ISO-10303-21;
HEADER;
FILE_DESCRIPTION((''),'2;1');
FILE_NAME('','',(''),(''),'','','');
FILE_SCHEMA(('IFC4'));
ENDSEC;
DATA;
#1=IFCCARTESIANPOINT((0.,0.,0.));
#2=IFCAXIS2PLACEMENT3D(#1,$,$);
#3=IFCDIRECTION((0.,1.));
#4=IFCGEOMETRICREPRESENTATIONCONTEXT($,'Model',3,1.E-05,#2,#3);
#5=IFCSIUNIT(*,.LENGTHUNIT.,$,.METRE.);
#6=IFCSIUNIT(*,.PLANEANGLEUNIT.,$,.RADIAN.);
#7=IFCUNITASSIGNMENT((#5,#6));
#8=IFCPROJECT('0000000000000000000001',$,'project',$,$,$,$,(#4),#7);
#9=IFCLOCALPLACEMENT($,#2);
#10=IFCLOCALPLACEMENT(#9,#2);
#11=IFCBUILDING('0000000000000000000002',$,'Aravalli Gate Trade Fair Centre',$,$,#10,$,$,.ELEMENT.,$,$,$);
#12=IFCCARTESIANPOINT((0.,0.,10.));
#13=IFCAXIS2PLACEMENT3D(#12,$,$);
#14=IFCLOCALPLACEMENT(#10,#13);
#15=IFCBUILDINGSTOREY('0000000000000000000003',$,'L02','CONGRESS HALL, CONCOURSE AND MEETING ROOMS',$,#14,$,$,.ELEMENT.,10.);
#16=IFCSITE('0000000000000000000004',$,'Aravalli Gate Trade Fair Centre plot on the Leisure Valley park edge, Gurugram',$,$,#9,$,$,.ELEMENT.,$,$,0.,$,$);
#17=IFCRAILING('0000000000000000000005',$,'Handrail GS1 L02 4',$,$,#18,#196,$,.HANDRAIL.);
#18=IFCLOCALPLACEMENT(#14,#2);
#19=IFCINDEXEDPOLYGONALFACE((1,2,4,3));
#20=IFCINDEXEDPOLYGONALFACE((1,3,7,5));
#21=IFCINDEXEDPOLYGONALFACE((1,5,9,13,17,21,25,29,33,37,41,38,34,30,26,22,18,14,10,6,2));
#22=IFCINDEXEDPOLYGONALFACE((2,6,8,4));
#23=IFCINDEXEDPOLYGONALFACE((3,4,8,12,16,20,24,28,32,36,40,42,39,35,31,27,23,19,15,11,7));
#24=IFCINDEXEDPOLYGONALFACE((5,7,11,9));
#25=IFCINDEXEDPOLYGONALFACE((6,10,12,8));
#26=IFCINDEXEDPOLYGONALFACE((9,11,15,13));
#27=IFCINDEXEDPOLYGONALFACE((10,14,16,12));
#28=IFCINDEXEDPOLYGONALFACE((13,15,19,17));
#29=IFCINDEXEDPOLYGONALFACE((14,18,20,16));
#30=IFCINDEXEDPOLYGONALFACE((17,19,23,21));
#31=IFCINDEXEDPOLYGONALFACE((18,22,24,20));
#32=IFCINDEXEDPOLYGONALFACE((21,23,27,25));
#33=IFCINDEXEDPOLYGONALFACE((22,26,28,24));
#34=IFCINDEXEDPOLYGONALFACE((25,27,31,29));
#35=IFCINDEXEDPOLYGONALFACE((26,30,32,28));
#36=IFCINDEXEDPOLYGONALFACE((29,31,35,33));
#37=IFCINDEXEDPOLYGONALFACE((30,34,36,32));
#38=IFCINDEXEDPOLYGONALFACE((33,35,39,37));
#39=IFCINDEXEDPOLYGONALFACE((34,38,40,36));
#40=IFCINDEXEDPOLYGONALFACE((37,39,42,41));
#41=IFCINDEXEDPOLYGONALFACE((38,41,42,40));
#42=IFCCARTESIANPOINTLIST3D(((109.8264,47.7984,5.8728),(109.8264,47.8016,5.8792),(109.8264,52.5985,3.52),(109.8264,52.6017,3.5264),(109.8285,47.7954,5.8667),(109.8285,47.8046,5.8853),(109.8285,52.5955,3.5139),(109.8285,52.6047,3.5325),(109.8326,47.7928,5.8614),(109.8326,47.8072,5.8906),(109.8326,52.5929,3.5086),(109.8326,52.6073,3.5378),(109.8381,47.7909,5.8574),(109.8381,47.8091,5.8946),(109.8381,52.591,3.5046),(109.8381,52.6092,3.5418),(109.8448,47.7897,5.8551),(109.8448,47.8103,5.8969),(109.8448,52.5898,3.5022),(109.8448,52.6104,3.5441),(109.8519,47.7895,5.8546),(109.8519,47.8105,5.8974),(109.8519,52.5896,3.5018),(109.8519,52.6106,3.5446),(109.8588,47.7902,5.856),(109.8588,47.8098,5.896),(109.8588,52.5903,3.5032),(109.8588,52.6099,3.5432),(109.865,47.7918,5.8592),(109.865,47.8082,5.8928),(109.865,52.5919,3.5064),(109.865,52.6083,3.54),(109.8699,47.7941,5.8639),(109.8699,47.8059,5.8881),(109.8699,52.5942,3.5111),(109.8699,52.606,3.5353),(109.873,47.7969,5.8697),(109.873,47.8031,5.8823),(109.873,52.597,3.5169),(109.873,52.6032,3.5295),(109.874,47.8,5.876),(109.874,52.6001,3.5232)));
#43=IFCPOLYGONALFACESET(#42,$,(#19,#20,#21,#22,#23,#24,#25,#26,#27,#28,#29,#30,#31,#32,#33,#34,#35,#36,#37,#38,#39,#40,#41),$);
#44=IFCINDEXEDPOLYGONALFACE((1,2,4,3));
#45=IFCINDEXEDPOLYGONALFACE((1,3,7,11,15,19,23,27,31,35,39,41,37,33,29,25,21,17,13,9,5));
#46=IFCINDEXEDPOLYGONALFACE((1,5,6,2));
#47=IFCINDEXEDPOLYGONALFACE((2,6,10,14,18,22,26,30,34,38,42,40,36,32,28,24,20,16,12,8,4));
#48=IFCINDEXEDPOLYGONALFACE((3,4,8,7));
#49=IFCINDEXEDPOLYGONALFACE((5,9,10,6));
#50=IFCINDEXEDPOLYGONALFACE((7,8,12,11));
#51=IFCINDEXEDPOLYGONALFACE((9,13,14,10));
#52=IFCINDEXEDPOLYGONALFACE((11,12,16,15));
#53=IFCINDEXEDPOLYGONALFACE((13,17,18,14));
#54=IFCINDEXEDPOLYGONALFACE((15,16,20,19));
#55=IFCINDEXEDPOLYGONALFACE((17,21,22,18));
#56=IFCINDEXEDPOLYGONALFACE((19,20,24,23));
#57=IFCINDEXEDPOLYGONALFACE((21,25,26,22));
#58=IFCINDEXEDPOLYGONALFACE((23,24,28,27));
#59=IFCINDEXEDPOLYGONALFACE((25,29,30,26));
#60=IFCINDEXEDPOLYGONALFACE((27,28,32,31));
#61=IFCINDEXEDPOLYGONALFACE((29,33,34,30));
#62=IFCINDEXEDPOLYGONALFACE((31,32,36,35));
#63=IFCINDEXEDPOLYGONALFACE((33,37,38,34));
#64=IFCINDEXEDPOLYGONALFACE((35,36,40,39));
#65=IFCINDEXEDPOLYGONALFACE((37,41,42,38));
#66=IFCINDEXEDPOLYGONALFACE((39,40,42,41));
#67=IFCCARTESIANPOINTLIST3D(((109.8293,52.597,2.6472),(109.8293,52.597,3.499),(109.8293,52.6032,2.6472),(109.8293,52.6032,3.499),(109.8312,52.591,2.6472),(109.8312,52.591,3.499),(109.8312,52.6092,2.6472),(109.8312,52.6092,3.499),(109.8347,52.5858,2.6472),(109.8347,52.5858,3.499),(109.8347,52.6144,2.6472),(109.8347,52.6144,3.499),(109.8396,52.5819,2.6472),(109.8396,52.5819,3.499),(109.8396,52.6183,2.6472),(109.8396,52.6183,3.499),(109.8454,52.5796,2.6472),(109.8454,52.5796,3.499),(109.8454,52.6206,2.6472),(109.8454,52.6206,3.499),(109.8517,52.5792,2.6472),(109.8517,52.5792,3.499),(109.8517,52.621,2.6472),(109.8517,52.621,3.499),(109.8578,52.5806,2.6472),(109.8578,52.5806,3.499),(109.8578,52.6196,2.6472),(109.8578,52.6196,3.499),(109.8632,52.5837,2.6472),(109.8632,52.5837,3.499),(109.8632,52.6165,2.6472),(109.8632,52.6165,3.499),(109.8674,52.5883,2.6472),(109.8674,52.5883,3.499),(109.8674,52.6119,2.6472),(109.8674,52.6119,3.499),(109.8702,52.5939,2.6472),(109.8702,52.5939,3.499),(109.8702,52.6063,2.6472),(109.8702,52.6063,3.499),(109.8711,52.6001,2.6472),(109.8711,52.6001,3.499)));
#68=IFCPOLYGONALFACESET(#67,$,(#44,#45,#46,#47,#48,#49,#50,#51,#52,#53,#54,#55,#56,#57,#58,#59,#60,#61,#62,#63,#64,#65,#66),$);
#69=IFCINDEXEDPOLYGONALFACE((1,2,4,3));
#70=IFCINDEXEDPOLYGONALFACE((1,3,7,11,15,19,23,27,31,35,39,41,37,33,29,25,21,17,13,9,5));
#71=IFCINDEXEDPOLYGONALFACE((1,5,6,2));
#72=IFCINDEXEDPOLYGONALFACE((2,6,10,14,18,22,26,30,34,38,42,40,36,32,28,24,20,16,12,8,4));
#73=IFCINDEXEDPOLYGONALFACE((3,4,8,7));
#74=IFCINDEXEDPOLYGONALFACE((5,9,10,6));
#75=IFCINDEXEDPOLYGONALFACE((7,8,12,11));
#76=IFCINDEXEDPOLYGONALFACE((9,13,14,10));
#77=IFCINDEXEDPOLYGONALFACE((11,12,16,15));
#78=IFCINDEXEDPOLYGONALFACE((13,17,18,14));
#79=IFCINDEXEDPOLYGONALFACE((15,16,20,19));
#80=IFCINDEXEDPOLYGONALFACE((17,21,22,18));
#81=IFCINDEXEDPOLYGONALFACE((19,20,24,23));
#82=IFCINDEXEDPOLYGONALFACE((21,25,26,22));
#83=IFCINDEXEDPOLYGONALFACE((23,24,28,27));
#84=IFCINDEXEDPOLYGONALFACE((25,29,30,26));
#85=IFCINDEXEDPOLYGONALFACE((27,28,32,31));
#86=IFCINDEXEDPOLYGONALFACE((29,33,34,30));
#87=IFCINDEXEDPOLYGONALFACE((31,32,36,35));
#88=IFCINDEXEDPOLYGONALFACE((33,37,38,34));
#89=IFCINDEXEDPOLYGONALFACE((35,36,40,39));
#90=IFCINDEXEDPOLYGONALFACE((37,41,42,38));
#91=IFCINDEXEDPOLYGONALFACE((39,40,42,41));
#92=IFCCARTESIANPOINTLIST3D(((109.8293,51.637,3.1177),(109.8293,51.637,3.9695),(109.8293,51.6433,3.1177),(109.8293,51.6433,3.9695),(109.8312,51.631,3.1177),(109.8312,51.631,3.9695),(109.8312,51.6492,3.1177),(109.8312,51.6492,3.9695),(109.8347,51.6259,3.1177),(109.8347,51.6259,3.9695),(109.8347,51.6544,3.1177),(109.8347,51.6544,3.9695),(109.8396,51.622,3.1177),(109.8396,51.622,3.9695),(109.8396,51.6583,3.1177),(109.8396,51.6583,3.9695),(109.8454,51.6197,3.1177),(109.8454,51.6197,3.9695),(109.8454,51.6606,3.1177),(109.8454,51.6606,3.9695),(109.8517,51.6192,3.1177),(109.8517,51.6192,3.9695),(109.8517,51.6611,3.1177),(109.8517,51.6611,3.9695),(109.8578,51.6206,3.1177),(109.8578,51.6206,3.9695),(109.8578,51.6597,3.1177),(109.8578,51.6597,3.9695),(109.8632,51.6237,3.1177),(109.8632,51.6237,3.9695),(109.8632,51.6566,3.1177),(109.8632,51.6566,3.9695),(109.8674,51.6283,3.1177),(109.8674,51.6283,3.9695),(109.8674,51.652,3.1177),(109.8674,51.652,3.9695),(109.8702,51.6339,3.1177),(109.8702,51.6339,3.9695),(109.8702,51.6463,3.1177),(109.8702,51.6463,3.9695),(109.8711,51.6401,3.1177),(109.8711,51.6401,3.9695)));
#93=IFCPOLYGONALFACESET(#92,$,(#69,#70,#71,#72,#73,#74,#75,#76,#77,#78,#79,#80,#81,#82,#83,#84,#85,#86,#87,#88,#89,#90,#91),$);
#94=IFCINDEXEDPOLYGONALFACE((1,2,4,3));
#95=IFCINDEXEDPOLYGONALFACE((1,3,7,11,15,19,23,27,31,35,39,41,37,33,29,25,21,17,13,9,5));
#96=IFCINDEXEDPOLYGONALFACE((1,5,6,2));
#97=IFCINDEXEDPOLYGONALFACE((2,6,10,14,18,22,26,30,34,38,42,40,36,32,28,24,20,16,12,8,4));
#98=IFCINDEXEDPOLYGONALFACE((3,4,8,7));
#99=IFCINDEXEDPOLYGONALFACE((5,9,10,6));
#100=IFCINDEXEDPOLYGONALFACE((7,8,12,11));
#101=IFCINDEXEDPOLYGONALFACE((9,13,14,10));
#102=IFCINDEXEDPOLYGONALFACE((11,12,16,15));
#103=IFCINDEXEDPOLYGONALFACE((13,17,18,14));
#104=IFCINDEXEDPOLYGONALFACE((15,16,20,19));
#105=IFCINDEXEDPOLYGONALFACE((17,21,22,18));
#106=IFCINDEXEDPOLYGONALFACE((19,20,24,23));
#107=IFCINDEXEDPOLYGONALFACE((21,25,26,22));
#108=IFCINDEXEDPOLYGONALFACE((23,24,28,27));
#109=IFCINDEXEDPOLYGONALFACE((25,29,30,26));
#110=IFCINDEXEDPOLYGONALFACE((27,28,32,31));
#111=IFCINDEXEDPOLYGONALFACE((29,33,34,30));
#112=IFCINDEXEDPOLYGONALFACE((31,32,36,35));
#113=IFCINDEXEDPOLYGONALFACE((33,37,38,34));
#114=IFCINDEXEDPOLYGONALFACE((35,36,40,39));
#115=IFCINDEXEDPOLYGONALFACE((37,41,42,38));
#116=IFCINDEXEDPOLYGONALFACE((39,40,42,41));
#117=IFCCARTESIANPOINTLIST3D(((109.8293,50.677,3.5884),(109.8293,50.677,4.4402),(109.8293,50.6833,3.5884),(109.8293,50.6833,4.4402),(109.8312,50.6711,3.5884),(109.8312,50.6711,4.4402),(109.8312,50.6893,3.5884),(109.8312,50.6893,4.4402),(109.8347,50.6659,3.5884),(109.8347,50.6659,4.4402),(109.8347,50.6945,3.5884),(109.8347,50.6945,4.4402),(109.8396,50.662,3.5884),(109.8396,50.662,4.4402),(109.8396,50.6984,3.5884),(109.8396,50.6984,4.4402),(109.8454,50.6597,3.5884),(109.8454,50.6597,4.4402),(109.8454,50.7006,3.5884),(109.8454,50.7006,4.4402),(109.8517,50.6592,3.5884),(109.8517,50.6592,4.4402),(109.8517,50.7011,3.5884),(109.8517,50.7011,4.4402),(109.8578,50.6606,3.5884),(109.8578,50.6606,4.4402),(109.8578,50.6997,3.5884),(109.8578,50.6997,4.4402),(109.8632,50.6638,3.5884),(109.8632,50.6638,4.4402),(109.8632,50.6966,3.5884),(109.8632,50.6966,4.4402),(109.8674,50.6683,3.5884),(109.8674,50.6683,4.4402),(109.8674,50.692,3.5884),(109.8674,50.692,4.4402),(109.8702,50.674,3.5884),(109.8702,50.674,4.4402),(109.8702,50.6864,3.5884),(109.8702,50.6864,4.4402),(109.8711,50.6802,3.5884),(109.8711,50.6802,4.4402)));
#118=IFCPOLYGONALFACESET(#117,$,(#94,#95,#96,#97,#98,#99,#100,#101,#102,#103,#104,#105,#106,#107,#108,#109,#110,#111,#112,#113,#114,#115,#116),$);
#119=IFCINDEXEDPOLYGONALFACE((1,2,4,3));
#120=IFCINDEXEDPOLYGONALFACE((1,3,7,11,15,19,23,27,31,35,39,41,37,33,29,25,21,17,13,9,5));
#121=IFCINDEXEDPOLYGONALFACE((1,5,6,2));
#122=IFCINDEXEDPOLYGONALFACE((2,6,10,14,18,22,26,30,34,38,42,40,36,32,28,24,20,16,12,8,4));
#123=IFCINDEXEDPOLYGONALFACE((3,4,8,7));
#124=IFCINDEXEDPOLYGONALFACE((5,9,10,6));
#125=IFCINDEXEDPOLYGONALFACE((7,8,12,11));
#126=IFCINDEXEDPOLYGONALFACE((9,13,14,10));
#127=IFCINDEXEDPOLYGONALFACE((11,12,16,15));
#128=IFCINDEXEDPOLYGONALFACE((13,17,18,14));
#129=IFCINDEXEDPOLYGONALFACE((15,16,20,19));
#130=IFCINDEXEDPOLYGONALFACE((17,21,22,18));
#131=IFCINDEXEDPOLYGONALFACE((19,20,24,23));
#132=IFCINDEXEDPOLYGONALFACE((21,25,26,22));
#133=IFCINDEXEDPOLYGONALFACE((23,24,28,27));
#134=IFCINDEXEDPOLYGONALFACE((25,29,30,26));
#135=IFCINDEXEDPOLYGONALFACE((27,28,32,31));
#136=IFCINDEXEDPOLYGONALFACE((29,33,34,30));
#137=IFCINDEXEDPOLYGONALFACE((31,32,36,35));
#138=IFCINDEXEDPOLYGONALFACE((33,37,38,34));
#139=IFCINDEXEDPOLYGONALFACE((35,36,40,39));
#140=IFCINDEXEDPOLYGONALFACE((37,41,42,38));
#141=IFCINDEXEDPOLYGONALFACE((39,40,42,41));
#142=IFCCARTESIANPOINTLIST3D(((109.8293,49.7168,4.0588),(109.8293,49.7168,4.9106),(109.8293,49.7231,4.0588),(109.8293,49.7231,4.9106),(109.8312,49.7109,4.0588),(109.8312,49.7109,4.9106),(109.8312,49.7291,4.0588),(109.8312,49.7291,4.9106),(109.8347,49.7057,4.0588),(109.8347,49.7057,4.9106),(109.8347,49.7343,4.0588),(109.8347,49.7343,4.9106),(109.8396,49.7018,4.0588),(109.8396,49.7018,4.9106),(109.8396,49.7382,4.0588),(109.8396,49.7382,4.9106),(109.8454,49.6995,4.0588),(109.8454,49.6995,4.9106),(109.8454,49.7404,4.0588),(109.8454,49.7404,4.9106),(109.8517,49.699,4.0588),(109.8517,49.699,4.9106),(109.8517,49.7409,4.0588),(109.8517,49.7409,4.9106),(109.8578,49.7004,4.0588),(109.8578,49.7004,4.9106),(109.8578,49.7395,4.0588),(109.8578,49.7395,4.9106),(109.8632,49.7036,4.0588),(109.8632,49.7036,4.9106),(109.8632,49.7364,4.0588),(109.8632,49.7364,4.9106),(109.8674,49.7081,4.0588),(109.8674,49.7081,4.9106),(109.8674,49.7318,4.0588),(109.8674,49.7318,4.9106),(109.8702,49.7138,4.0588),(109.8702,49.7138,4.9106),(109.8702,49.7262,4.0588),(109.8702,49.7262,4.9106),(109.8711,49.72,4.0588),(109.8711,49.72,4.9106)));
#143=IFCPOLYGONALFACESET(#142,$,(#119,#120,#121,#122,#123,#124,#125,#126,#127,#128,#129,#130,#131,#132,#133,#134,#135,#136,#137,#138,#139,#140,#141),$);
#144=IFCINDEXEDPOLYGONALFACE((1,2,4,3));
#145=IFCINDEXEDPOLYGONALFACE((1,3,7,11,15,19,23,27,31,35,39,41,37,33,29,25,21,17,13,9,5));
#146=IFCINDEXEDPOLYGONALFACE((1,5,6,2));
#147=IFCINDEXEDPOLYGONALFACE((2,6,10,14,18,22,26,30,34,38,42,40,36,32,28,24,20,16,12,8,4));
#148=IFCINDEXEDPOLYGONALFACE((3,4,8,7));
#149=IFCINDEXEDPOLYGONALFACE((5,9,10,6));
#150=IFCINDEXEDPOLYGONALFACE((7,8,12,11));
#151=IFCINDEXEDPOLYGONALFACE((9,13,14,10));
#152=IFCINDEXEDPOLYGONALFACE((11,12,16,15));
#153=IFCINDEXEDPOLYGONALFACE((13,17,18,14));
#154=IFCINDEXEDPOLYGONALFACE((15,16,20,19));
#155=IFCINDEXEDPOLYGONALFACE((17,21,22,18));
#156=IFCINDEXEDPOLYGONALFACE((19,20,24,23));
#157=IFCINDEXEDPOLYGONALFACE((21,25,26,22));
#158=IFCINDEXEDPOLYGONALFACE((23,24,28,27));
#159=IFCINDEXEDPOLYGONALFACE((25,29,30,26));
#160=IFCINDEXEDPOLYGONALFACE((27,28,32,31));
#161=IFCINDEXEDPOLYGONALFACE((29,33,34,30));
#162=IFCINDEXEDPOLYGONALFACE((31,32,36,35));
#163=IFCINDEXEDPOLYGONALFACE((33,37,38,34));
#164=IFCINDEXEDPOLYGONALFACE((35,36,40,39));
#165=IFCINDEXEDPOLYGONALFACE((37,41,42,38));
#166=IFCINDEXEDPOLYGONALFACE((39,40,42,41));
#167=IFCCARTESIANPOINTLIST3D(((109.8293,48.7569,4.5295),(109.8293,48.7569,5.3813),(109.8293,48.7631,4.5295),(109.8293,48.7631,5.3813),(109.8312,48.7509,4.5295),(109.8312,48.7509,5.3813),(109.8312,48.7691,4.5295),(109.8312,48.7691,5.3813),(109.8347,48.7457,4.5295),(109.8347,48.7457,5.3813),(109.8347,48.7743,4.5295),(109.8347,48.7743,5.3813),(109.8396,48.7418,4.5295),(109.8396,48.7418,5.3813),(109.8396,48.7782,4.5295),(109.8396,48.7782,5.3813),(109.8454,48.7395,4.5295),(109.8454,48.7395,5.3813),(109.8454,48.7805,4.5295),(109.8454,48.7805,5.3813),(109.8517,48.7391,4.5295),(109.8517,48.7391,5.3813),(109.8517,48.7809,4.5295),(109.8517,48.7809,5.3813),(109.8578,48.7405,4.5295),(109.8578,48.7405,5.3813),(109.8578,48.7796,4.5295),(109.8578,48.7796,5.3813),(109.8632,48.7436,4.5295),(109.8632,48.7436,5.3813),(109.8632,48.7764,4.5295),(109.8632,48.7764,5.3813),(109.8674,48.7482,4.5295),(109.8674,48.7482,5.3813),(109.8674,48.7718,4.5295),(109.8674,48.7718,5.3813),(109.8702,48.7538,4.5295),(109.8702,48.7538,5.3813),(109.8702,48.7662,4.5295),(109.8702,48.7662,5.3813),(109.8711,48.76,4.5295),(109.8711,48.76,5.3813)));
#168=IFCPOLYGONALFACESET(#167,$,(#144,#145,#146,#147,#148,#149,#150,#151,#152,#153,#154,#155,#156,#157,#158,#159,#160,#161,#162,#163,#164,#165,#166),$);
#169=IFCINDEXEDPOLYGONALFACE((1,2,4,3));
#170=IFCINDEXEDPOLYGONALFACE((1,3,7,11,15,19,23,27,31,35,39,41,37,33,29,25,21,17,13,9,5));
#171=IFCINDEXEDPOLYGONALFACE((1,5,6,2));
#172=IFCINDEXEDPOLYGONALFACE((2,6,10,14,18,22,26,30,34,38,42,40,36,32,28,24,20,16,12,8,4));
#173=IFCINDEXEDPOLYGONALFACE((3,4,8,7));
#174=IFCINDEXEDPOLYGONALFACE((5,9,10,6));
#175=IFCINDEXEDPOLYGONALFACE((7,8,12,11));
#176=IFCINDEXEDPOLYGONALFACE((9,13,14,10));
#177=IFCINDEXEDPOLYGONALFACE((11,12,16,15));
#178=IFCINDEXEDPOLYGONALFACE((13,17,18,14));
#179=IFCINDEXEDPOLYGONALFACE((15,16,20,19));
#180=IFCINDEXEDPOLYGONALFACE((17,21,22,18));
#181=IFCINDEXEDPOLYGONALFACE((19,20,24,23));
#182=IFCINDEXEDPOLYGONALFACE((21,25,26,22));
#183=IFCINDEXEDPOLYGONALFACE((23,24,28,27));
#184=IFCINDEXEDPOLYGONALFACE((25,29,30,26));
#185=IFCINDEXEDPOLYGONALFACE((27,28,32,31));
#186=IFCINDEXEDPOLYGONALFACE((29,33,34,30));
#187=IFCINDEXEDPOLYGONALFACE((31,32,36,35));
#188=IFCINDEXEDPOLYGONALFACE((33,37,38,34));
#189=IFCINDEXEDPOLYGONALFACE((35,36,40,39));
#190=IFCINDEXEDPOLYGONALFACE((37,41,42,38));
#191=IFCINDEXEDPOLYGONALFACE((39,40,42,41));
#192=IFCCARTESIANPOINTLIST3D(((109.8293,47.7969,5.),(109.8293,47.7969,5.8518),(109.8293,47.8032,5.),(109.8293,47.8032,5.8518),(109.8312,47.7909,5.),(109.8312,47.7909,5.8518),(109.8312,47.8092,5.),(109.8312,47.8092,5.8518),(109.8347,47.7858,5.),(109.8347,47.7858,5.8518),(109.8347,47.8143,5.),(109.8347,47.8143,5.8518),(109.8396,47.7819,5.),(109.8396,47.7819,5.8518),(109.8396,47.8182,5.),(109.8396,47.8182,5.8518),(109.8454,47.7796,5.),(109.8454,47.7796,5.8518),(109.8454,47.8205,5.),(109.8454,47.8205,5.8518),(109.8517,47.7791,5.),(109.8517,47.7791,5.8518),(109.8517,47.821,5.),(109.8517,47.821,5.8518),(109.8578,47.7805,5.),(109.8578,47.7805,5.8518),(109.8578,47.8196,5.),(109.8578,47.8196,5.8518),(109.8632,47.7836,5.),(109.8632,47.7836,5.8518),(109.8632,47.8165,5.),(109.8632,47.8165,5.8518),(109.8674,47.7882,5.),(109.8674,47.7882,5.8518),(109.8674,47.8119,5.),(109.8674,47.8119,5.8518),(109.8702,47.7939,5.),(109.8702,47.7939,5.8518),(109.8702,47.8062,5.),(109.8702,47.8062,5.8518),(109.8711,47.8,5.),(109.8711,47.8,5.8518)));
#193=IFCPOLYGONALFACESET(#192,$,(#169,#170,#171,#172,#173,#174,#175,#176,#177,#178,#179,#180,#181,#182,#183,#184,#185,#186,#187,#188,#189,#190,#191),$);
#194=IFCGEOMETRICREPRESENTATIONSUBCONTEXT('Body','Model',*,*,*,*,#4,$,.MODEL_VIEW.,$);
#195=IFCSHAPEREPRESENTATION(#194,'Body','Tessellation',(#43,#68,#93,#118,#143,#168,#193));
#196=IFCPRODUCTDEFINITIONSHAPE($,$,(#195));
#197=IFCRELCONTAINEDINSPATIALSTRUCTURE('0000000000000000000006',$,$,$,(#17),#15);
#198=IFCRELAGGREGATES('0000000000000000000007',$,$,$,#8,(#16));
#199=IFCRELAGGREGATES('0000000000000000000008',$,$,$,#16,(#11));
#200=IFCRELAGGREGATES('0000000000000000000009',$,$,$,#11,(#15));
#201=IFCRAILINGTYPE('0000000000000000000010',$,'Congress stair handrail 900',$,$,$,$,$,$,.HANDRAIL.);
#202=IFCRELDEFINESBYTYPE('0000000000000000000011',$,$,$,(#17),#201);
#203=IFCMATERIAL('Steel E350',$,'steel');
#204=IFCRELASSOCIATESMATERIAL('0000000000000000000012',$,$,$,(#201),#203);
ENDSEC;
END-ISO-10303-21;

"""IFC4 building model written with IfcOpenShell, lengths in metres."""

from ifc_helpers import new_model, si_unit, direction, frame, origin, origin_2d, place, context, subcontext, project, spatial, circle, extrude, material, type_object, element, save


model = new_model("IFC4")

# Units and contexts
model_context = context("Model", 3, precision=1e-05, world=origin(), true_north=direction((0.0, 1.0)))
body_context = subcontext(model_context, "Body", "Model", "MODEL_VIEW")
ifc_project = project(units=[si_unit("LENGTHUNIT", "METRE"), si_unit("PLANEANGLEUNIT", "RADIAN")], contexts=[model_context])

# Site, building, storey
site_placement = place(None, origin())
site = spatial("IfcSite", under=ifc_project, at=site_placement, Name="Aravalli Gate Trade Fair Centre plot on the Leisure Valley park edge, Gurugram", CompositionType="ELEMENT", RefElevation=0.0)
building_placement = place(site_placement, origin())
building = spatial("IfcBuilding", under=site, at=building_placement, Name="Aravalli Gate Trade Fair Centre", CompositionType="ELEMENT")
storey_placement = place(building_placement, frame((0.0, 0.0, 10.0)))
storey = spatial("IfcBuildingStorey", under=building, at=storey_placement, Name="L02", Description="CONGRESS HALL, CONCOURSE AND MEETING ROOMS", CompositionType="ELEMENT", Elevation=10.0)

# Railing
ifc_material_1 = material(Name="Steel E350", Category="steel")
railing_type = type_object("IfcRailingType", Name="Congress stair handrail 900", PredefinedType="HANDRAIL", material=ifc_material_1)
for number, where, name in (
    (1, (109.8501, 52.6001, 2.6472), "Handrail GS1 L02 4"),
):
    element("IfcRailing", number, at=place(storey_placement, frame(where)), inside=storey, type_object=railing_type, Name=name, PredefinedType="HANDRAIL", context=body_context, shape_type="SweptSolid", body=[
        extrude(circle(Radius=0.0239, at=origin_2d()), frame((0.0, 0.0, 0.876), z_axis=(0.0, -0.897934, 0.44013), x_axis=(1.0, 0.0, 0.0)), (0.0, 0.0, 1.0), 5.3457),
        extrude(circle(Radius=0.021, at=origin_2d()), origin(), (0.0, 0.0, 1.0), 0.8518),
        extrude(circle(Radius=0.021, at=origin_2d()), frame((0.0, -0.96, 0.4705)), (0.0, 0.0, 1.0), 0.8518),
        extrude(circle(Radius=0.021, at=origin_2d()), frame((0.0, -1.9199, 0.9412)), (0.0, 0.0, 1.0), 0.8518),
        extrude(circle(Radius=0.021, at=origin_2d()), frame((0.0, -2.8801, 1.4116)), (0.0, 0.0, 1.0), 0.8518),
        extrude(circle(Radius=0.021, at=origin_2d()), frame((0.0, -3.8401, 1.8823)), (0.0, 0.0, 1.0), 0.8518),
        extrude(circle(Radius=0.021, at=origin_2d()), frame((0.0, -4.8, 2.3528)), (0.0, 0.0, 1.0), 0.8518),
    ])

save(model, "model.ifc")
